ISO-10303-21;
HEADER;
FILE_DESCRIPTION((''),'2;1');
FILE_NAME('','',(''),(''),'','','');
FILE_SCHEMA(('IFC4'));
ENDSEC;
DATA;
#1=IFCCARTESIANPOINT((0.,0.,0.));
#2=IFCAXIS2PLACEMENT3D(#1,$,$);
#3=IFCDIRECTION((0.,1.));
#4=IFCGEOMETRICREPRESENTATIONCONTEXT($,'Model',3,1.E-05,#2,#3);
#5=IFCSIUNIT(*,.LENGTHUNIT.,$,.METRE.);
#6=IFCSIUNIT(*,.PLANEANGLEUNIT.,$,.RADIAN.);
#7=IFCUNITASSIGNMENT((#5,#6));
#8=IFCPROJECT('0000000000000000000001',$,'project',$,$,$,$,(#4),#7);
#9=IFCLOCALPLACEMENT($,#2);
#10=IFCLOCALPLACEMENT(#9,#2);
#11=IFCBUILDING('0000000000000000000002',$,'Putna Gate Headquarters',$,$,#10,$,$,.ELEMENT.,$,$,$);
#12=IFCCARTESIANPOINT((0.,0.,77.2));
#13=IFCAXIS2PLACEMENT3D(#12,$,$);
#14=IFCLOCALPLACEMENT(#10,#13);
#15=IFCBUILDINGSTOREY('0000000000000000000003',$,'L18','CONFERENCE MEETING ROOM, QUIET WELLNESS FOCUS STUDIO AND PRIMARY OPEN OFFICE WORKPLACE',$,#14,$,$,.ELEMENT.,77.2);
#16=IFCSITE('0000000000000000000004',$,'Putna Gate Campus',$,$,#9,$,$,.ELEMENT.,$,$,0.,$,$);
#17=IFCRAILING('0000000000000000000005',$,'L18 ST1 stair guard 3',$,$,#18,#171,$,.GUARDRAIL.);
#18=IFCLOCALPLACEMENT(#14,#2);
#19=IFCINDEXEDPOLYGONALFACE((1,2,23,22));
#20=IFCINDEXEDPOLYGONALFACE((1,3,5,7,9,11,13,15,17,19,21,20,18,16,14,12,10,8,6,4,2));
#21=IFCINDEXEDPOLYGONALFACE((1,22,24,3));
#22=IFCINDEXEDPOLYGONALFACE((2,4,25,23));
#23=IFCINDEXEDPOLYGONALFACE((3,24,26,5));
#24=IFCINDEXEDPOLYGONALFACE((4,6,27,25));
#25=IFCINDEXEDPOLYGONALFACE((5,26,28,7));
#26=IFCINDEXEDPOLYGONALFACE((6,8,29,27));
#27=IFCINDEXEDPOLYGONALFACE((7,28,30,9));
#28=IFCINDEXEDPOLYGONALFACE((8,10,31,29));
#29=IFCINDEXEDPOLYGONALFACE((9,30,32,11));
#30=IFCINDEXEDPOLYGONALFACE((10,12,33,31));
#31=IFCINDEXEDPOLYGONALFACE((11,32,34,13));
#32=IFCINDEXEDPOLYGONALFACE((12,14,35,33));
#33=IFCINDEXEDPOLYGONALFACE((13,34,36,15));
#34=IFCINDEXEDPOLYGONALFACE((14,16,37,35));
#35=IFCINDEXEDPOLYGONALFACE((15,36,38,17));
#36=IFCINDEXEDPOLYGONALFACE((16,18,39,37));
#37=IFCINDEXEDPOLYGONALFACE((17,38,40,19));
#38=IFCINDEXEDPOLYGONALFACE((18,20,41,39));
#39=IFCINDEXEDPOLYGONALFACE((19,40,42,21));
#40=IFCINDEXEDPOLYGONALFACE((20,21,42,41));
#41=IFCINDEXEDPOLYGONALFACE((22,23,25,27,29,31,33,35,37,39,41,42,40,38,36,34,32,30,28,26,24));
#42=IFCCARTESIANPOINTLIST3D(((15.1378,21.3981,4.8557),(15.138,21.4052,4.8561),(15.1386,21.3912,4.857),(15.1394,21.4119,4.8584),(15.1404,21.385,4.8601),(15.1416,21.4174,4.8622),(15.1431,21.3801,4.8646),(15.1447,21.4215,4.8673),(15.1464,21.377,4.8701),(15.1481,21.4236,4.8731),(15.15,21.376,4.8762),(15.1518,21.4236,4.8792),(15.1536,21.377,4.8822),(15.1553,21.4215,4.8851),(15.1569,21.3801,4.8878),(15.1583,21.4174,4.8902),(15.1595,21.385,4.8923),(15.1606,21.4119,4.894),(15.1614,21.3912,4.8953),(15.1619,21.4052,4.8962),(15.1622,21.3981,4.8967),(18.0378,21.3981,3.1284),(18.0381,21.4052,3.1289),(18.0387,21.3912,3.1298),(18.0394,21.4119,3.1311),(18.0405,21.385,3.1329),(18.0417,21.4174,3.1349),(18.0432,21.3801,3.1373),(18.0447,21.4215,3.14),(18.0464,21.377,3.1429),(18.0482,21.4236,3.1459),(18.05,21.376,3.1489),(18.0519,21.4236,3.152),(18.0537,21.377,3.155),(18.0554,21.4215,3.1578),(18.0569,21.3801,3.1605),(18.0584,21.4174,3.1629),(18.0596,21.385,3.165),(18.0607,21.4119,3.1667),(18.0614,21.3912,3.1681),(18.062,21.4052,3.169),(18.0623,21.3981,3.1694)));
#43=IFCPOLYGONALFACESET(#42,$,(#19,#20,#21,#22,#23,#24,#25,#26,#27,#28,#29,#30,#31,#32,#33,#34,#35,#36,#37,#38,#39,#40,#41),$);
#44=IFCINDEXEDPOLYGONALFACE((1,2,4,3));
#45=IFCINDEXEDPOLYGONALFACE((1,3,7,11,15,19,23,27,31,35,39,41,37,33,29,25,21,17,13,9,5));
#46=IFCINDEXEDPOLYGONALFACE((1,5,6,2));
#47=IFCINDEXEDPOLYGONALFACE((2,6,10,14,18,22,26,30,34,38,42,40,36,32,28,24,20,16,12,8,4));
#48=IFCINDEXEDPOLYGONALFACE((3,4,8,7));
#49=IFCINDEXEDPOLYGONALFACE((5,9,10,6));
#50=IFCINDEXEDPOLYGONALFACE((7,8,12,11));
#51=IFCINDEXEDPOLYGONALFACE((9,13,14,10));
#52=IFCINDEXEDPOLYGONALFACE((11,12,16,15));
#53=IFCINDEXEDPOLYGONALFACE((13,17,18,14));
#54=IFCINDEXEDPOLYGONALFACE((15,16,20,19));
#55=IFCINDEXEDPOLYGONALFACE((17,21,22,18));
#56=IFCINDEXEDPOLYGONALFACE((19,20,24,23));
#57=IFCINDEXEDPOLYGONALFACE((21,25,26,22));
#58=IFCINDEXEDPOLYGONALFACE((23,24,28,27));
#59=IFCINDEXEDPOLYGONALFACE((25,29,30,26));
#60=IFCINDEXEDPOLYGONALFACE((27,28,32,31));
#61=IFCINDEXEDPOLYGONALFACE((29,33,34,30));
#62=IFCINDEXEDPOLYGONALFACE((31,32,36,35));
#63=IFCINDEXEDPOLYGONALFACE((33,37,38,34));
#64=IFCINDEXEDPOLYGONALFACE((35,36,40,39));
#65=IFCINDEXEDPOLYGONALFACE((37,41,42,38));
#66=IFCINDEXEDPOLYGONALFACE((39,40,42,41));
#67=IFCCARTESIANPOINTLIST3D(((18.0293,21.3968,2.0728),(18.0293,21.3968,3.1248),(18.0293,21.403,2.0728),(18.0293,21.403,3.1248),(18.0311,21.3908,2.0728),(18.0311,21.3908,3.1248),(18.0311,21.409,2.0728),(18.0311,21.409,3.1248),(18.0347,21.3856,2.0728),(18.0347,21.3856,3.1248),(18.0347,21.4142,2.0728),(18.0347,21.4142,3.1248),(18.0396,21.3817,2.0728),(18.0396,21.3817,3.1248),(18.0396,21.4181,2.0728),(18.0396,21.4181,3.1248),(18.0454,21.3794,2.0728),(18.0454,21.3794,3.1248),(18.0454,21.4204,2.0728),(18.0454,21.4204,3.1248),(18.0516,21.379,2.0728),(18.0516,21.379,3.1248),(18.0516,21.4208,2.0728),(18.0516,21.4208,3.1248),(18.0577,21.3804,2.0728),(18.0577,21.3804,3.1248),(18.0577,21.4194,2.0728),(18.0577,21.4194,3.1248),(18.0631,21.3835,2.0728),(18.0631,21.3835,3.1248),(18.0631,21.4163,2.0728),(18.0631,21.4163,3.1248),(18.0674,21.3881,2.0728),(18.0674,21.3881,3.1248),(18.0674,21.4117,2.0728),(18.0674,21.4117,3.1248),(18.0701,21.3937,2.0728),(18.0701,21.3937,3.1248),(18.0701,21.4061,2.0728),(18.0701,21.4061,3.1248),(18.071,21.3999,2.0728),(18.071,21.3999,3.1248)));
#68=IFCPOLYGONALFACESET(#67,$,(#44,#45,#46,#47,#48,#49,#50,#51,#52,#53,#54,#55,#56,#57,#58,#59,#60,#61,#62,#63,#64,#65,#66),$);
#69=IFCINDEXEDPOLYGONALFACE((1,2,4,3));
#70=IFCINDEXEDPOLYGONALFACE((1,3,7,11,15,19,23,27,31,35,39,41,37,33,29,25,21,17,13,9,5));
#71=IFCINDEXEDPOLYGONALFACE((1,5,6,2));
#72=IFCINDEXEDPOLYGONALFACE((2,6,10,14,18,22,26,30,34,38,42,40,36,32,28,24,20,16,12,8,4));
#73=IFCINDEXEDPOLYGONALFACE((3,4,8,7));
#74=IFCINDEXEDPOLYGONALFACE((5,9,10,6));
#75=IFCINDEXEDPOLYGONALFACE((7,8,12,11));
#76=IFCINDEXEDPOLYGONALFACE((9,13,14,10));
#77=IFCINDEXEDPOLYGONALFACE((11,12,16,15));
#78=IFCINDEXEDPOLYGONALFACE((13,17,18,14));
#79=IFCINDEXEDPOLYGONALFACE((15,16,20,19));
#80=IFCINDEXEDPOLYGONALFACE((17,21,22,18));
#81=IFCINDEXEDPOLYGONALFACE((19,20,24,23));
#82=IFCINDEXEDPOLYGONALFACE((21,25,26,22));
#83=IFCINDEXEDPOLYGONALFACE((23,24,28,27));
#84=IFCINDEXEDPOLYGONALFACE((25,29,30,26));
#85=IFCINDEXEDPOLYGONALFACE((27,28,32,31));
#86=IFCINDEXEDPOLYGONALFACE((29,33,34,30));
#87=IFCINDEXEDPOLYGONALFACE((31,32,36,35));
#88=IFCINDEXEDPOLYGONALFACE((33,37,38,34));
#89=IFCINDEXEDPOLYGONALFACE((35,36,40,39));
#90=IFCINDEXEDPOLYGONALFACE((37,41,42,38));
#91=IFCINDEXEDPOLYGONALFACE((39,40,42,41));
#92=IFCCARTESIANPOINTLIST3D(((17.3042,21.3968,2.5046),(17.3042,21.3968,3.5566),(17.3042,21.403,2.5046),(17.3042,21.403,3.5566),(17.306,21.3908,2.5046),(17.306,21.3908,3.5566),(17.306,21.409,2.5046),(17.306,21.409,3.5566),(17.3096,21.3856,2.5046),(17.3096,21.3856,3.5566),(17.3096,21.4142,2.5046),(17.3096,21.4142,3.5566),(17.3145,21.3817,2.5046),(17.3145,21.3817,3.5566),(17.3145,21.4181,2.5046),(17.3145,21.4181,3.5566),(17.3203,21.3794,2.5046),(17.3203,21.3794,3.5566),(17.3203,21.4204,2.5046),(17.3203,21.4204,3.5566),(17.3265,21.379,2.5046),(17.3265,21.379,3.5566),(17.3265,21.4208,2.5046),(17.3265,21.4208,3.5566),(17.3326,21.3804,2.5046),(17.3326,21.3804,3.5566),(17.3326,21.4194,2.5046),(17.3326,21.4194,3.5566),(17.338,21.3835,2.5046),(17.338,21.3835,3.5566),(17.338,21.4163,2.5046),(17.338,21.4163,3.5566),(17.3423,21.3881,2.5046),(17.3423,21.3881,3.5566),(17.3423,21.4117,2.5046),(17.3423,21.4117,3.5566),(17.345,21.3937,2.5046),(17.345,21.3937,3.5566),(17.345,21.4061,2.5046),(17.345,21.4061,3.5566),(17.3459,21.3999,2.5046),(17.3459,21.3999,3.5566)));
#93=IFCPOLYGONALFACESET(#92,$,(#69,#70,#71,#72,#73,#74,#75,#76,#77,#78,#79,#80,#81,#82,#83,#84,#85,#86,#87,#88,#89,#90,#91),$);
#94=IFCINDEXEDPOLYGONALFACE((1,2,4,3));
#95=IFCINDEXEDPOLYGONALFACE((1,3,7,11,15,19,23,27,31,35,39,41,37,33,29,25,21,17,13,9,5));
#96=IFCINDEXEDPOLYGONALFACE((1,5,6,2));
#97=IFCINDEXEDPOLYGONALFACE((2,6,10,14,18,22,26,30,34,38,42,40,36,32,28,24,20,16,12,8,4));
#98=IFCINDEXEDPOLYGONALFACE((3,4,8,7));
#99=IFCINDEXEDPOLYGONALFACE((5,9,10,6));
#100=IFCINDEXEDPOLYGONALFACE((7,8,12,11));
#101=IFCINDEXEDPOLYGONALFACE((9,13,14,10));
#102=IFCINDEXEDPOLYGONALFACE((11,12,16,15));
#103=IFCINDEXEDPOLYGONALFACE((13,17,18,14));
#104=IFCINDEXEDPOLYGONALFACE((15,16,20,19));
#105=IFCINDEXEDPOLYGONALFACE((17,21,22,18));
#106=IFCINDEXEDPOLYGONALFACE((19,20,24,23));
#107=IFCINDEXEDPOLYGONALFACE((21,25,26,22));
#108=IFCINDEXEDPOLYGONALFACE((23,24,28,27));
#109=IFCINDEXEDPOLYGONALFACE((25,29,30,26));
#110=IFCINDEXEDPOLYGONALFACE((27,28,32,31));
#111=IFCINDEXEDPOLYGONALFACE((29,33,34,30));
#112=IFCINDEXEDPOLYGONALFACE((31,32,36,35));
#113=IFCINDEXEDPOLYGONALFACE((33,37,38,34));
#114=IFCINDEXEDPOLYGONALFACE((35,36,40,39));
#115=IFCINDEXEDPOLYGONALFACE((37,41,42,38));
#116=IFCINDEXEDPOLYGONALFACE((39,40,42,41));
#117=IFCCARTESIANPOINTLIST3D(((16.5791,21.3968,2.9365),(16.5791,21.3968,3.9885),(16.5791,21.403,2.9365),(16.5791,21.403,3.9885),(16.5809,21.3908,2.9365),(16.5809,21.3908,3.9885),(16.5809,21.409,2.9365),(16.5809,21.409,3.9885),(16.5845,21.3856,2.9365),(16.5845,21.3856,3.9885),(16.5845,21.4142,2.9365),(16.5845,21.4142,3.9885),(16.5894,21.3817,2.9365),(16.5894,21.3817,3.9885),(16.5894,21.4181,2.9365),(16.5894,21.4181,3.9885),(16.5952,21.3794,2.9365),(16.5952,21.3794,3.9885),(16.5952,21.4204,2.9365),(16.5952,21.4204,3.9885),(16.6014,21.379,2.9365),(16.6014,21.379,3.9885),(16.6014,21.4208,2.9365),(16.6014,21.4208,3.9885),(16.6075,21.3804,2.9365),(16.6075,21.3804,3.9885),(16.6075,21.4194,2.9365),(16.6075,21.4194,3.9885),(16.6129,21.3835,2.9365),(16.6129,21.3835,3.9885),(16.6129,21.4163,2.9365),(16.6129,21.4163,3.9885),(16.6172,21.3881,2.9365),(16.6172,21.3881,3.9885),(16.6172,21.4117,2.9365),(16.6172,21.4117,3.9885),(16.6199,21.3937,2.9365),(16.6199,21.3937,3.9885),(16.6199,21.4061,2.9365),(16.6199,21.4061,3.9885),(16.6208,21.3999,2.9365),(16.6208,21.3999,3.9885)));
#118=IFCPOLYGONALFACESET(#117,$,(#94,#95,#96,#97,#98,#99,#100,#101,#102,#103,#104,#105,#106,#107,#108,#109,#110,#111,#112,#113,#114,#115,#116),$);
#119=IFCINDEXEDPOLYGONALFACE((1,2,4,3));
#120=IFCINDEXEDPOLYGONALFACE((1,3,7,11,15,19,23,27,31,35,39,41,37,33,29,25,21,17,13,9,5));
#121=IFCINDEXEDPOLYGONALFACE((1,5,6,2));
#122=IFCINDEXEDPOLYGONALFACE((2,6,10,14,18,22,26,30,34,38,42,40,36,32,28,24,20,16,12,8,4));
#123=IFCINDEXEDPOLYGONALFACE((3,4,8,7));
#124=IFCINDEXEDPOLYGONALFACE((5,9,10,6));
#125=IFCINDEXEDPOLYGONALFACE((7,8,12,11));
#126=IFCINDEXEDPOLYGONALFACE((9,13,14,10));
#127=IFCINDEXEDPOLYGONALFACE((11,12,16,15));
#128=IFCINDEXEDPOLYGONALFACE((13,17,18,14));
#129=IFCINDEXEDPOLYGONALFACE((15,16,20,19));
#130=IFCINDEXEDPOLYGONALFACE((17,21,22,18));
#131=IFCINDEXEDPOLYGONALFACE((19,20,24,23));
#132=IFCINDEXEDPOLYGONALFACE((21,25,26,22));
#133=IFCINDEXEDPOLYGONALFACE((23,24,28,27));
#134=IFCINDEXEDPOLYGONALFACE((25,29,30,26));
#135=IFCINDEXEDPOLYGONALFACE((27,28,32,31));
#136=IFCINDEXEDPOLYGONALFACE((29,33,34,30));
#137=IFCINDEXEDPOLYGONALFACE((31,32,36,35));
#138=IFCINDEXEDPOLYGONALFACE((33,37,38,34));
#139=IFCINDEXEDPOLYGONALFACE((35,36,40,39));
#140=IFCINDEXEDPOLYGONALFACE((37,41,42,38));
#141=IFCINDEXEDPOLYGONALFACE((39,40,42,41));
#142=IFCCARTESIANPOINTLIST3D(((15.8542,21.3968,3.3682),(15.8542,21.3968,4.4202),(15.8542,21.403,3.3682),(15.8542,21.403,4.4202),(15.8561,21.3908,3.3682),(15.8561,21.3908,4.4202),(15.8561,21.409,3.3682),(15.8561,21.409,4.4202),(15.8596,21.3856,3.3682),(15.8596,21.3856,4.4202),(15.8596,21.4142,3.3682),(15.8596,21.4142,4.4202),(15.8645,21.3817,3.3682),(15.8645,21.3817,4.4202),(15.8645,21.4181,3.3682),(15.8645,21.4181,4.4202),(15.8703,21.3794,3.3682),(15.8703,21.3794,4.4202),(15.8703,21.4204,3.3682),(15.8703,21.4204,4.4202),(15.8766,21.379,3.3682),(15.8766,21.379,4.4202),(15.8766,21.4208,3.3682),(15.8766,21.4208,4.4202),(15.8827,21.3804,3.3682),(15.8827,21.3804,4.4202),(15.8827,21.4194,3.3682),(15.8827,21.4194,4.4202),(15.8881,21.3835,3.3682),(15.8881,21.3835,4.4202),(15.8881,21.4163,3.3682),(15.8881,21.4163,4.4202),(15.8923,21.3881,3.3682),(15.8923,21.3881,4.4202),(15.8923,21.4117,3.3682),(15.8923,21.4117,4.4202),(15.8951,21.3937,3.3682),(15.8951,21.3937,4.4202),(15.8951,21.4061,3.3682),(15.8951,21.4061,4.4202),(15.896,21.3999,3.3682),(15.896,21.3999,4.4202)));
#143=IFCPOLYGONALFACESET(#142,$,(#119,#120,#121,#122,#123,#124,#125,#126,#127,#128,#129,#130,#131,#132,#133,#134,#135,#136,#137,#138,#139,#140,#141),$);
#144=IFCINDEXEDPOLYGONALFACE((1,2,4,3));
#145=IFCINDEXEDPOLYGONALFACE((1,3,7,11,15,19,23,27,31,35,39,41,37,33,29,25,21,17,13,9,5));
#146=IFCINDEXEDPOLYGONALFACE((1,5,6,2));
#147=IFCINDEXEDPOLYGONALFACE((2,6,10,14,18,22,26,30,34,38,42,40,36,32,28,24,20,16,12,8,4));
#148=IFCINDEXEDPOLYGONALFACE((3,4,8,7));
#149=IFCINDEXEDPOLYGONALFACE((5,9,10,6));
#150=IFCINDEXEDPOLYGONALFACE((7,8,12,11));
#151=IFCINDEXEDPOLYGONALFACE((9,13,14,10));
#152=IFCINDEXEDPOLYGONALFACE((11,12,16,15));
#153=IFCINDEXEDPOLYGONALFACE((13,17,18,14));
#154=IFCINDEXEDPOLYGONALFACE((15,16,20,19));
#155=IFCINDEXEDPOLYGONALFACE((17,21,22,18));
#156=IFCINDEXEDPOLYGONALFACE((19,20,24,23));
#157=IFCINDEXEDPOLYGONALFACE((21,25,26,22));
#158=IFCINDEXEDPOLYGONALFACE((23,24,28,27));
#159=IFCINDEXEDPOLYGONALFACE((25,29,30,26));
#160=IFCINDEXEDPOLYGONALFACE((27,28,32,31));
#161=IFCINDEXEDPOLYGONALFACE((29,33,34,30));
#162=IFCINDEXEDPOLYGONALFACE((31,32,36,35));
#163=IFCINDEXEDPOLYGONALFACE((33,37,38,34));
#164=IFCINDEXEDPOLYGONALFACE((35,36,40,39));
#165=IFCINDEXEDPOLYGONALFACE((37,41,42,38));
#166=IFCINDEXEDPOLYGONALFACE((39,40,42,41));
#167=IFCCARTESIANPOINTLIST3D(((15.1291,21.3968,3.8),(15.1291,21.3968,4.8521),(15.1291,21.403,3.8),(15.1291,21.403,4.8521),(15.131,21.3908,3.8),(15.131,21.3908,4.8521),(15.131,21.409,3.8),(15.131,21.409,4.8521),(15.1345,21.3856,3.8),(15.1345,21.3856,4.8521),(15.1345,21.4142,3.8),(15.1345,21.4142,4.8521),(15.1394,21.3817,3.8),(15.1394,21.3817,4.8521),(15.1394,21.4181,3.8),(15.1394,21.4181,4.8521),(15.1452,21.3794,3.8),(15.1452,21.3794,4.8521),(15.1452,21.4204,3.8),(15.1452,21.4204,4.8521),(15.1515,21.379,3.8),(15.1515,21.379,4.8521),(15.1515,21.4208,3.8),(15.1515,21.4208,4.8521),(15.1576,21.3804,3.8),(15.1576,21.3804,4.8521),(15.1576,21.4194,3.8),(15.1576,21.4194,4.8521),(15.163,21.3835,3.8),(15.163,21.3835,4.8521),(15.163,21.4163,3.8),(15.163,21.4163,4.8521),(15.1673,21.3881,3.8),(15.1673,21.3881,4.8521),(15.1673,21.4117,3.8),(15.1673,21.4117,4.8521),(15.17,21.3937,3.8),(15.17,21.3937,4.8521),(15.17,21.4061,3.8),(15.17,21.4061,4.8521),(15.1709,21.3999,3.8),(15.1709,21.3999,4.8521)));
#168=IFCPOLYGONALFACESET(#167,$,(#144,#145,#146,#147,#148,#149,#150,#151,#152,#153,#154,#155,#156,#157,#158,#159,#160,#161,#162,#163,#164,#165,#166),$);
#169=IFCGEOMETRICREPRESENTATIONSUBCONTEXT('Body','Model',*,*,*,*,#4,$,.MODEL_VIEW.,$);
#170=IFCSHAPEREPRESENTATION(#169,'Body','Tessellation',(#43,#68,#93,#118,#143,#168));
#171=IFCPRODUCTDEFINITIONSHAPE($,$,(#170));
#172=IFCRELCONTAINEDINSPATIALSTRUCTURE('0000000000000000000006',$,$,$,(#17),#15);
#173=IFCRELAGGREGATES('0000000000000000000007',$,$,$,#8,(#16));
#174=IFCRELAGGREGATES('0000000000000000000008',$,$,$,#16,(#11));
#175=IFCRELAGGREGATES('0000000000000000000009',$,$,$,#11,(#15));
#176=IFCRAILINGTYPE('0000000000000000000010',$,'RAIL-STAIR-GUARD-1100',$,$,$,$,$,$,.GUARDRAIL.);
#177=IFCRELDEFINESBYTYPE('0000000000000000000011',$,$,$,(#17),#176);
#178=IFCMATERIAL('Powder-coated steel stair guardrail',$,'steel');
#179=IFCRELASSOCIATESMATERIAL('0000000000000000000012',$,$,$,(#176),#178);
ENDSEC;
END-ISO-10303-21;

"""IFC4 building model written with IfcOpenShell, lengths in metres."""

from ifc_helpers import new_model, si_unit, direction, frame, origin, origin_2d, place, context, subcontext, project, spatial, circle, extrude, material, type_object, element, save


model = new_model("IFC4")

# Units and contexts
model_context = context("Model", 3, precision=1e-05, world=origin(), true_north=direction((0.0, 1.0)))
body_context = subcontext(model_context, "Body", "Model", "MODEL_VIEW")
ifc_project = project(units=[si_unit("LENGTHUNIT", "METRE"), si_unit("PLANEANGLEUNIT", "RADIAN")], contexts=[model_context])

# Site, building, storey
site_placement = place(None, origin())
site = spatial("IfcSite", under=ifc_project, at=site_placement, Name="Putna Gate Campus", CompositionType="ELEMENT", RefElevation=0.0)
building_placement = place(site_placement, origin())
building = spatial("IfcBuilding", under=site, at=building_placement, Name="Putna Gate Headquarters", CompositionType="ELEMENT")
storey_placement = place(building_placement, frame((0.0, 0.0, 77.2)))
storey = spatial("IfcBuildingStorey", under=building, at=storey_placement, Name="L18", Description="CONFERENCE MEETING ROOM, QUIET WELLNESS FOCUS STUDIO AND PRIMARY OPEN OFFICE WORKPLACE", CompositionType="ELEMENT", Elevation=77.2)

# Railing
ifc_material_1 = material(Name="Powder-coated steel stair guardrail", Category="steel")
railing_type_1 = type_object("IfcRailingType", Name="RAIL-STAIR-GUARD-1100", PredefinedType="GUARDRAIL", material=ifc_material_1)
railing_1_placement = place(storey_placement, frame((18.05, 21.3999, 2.0728)))
element("IfcRailing", 1, at=railing_1_placement, inside=storey, type_object=railing_type_1, Name="L18 ST1 stair guard 3", PredefinedType="GUARDRAIL", context=body_context, shape_type="SweptSolid", body=[
    extrude(circle(Radius=0.0239, at=origin_2d()), frame((0.0, 0.0, 1.0762), z_axis=(-0.85916, 0.0, 0.511706), x_axis=(0.0, -1.0, 0.0)), (0.0, 0.0, 1.0), 3.3755),
    extrude(circle(Radius=0.021, at=origin_2d()), origin(), (0.0, 0.0, 1.0), 1.052),
    extrude(circle(Radius=0.021, at=origin_2d()), frame((-0.7251, 0.0, 0.4319)), (0.0, 0.0, 1.0), 1.052),
    extrude(circle(Radius=0.021, at=origin_2d()), frame((-1.4502, 0.0, 0.8638)), (0.0, 0.0, 1.0), 1.052),
    extrude(circle(Radius=0.021, at=origin_2d()), frame((-2.175, 0.0, 1.2954)), (0.0, 0.0, 1.0), 1.052),
    extrude(circle(Radius=0.021, at=origin_2d()), frame((-2.9001, 0.0, 1.7273)), (0.0, 0.0, 1.0), 1.052),
])

save(model, "model.ifc")
